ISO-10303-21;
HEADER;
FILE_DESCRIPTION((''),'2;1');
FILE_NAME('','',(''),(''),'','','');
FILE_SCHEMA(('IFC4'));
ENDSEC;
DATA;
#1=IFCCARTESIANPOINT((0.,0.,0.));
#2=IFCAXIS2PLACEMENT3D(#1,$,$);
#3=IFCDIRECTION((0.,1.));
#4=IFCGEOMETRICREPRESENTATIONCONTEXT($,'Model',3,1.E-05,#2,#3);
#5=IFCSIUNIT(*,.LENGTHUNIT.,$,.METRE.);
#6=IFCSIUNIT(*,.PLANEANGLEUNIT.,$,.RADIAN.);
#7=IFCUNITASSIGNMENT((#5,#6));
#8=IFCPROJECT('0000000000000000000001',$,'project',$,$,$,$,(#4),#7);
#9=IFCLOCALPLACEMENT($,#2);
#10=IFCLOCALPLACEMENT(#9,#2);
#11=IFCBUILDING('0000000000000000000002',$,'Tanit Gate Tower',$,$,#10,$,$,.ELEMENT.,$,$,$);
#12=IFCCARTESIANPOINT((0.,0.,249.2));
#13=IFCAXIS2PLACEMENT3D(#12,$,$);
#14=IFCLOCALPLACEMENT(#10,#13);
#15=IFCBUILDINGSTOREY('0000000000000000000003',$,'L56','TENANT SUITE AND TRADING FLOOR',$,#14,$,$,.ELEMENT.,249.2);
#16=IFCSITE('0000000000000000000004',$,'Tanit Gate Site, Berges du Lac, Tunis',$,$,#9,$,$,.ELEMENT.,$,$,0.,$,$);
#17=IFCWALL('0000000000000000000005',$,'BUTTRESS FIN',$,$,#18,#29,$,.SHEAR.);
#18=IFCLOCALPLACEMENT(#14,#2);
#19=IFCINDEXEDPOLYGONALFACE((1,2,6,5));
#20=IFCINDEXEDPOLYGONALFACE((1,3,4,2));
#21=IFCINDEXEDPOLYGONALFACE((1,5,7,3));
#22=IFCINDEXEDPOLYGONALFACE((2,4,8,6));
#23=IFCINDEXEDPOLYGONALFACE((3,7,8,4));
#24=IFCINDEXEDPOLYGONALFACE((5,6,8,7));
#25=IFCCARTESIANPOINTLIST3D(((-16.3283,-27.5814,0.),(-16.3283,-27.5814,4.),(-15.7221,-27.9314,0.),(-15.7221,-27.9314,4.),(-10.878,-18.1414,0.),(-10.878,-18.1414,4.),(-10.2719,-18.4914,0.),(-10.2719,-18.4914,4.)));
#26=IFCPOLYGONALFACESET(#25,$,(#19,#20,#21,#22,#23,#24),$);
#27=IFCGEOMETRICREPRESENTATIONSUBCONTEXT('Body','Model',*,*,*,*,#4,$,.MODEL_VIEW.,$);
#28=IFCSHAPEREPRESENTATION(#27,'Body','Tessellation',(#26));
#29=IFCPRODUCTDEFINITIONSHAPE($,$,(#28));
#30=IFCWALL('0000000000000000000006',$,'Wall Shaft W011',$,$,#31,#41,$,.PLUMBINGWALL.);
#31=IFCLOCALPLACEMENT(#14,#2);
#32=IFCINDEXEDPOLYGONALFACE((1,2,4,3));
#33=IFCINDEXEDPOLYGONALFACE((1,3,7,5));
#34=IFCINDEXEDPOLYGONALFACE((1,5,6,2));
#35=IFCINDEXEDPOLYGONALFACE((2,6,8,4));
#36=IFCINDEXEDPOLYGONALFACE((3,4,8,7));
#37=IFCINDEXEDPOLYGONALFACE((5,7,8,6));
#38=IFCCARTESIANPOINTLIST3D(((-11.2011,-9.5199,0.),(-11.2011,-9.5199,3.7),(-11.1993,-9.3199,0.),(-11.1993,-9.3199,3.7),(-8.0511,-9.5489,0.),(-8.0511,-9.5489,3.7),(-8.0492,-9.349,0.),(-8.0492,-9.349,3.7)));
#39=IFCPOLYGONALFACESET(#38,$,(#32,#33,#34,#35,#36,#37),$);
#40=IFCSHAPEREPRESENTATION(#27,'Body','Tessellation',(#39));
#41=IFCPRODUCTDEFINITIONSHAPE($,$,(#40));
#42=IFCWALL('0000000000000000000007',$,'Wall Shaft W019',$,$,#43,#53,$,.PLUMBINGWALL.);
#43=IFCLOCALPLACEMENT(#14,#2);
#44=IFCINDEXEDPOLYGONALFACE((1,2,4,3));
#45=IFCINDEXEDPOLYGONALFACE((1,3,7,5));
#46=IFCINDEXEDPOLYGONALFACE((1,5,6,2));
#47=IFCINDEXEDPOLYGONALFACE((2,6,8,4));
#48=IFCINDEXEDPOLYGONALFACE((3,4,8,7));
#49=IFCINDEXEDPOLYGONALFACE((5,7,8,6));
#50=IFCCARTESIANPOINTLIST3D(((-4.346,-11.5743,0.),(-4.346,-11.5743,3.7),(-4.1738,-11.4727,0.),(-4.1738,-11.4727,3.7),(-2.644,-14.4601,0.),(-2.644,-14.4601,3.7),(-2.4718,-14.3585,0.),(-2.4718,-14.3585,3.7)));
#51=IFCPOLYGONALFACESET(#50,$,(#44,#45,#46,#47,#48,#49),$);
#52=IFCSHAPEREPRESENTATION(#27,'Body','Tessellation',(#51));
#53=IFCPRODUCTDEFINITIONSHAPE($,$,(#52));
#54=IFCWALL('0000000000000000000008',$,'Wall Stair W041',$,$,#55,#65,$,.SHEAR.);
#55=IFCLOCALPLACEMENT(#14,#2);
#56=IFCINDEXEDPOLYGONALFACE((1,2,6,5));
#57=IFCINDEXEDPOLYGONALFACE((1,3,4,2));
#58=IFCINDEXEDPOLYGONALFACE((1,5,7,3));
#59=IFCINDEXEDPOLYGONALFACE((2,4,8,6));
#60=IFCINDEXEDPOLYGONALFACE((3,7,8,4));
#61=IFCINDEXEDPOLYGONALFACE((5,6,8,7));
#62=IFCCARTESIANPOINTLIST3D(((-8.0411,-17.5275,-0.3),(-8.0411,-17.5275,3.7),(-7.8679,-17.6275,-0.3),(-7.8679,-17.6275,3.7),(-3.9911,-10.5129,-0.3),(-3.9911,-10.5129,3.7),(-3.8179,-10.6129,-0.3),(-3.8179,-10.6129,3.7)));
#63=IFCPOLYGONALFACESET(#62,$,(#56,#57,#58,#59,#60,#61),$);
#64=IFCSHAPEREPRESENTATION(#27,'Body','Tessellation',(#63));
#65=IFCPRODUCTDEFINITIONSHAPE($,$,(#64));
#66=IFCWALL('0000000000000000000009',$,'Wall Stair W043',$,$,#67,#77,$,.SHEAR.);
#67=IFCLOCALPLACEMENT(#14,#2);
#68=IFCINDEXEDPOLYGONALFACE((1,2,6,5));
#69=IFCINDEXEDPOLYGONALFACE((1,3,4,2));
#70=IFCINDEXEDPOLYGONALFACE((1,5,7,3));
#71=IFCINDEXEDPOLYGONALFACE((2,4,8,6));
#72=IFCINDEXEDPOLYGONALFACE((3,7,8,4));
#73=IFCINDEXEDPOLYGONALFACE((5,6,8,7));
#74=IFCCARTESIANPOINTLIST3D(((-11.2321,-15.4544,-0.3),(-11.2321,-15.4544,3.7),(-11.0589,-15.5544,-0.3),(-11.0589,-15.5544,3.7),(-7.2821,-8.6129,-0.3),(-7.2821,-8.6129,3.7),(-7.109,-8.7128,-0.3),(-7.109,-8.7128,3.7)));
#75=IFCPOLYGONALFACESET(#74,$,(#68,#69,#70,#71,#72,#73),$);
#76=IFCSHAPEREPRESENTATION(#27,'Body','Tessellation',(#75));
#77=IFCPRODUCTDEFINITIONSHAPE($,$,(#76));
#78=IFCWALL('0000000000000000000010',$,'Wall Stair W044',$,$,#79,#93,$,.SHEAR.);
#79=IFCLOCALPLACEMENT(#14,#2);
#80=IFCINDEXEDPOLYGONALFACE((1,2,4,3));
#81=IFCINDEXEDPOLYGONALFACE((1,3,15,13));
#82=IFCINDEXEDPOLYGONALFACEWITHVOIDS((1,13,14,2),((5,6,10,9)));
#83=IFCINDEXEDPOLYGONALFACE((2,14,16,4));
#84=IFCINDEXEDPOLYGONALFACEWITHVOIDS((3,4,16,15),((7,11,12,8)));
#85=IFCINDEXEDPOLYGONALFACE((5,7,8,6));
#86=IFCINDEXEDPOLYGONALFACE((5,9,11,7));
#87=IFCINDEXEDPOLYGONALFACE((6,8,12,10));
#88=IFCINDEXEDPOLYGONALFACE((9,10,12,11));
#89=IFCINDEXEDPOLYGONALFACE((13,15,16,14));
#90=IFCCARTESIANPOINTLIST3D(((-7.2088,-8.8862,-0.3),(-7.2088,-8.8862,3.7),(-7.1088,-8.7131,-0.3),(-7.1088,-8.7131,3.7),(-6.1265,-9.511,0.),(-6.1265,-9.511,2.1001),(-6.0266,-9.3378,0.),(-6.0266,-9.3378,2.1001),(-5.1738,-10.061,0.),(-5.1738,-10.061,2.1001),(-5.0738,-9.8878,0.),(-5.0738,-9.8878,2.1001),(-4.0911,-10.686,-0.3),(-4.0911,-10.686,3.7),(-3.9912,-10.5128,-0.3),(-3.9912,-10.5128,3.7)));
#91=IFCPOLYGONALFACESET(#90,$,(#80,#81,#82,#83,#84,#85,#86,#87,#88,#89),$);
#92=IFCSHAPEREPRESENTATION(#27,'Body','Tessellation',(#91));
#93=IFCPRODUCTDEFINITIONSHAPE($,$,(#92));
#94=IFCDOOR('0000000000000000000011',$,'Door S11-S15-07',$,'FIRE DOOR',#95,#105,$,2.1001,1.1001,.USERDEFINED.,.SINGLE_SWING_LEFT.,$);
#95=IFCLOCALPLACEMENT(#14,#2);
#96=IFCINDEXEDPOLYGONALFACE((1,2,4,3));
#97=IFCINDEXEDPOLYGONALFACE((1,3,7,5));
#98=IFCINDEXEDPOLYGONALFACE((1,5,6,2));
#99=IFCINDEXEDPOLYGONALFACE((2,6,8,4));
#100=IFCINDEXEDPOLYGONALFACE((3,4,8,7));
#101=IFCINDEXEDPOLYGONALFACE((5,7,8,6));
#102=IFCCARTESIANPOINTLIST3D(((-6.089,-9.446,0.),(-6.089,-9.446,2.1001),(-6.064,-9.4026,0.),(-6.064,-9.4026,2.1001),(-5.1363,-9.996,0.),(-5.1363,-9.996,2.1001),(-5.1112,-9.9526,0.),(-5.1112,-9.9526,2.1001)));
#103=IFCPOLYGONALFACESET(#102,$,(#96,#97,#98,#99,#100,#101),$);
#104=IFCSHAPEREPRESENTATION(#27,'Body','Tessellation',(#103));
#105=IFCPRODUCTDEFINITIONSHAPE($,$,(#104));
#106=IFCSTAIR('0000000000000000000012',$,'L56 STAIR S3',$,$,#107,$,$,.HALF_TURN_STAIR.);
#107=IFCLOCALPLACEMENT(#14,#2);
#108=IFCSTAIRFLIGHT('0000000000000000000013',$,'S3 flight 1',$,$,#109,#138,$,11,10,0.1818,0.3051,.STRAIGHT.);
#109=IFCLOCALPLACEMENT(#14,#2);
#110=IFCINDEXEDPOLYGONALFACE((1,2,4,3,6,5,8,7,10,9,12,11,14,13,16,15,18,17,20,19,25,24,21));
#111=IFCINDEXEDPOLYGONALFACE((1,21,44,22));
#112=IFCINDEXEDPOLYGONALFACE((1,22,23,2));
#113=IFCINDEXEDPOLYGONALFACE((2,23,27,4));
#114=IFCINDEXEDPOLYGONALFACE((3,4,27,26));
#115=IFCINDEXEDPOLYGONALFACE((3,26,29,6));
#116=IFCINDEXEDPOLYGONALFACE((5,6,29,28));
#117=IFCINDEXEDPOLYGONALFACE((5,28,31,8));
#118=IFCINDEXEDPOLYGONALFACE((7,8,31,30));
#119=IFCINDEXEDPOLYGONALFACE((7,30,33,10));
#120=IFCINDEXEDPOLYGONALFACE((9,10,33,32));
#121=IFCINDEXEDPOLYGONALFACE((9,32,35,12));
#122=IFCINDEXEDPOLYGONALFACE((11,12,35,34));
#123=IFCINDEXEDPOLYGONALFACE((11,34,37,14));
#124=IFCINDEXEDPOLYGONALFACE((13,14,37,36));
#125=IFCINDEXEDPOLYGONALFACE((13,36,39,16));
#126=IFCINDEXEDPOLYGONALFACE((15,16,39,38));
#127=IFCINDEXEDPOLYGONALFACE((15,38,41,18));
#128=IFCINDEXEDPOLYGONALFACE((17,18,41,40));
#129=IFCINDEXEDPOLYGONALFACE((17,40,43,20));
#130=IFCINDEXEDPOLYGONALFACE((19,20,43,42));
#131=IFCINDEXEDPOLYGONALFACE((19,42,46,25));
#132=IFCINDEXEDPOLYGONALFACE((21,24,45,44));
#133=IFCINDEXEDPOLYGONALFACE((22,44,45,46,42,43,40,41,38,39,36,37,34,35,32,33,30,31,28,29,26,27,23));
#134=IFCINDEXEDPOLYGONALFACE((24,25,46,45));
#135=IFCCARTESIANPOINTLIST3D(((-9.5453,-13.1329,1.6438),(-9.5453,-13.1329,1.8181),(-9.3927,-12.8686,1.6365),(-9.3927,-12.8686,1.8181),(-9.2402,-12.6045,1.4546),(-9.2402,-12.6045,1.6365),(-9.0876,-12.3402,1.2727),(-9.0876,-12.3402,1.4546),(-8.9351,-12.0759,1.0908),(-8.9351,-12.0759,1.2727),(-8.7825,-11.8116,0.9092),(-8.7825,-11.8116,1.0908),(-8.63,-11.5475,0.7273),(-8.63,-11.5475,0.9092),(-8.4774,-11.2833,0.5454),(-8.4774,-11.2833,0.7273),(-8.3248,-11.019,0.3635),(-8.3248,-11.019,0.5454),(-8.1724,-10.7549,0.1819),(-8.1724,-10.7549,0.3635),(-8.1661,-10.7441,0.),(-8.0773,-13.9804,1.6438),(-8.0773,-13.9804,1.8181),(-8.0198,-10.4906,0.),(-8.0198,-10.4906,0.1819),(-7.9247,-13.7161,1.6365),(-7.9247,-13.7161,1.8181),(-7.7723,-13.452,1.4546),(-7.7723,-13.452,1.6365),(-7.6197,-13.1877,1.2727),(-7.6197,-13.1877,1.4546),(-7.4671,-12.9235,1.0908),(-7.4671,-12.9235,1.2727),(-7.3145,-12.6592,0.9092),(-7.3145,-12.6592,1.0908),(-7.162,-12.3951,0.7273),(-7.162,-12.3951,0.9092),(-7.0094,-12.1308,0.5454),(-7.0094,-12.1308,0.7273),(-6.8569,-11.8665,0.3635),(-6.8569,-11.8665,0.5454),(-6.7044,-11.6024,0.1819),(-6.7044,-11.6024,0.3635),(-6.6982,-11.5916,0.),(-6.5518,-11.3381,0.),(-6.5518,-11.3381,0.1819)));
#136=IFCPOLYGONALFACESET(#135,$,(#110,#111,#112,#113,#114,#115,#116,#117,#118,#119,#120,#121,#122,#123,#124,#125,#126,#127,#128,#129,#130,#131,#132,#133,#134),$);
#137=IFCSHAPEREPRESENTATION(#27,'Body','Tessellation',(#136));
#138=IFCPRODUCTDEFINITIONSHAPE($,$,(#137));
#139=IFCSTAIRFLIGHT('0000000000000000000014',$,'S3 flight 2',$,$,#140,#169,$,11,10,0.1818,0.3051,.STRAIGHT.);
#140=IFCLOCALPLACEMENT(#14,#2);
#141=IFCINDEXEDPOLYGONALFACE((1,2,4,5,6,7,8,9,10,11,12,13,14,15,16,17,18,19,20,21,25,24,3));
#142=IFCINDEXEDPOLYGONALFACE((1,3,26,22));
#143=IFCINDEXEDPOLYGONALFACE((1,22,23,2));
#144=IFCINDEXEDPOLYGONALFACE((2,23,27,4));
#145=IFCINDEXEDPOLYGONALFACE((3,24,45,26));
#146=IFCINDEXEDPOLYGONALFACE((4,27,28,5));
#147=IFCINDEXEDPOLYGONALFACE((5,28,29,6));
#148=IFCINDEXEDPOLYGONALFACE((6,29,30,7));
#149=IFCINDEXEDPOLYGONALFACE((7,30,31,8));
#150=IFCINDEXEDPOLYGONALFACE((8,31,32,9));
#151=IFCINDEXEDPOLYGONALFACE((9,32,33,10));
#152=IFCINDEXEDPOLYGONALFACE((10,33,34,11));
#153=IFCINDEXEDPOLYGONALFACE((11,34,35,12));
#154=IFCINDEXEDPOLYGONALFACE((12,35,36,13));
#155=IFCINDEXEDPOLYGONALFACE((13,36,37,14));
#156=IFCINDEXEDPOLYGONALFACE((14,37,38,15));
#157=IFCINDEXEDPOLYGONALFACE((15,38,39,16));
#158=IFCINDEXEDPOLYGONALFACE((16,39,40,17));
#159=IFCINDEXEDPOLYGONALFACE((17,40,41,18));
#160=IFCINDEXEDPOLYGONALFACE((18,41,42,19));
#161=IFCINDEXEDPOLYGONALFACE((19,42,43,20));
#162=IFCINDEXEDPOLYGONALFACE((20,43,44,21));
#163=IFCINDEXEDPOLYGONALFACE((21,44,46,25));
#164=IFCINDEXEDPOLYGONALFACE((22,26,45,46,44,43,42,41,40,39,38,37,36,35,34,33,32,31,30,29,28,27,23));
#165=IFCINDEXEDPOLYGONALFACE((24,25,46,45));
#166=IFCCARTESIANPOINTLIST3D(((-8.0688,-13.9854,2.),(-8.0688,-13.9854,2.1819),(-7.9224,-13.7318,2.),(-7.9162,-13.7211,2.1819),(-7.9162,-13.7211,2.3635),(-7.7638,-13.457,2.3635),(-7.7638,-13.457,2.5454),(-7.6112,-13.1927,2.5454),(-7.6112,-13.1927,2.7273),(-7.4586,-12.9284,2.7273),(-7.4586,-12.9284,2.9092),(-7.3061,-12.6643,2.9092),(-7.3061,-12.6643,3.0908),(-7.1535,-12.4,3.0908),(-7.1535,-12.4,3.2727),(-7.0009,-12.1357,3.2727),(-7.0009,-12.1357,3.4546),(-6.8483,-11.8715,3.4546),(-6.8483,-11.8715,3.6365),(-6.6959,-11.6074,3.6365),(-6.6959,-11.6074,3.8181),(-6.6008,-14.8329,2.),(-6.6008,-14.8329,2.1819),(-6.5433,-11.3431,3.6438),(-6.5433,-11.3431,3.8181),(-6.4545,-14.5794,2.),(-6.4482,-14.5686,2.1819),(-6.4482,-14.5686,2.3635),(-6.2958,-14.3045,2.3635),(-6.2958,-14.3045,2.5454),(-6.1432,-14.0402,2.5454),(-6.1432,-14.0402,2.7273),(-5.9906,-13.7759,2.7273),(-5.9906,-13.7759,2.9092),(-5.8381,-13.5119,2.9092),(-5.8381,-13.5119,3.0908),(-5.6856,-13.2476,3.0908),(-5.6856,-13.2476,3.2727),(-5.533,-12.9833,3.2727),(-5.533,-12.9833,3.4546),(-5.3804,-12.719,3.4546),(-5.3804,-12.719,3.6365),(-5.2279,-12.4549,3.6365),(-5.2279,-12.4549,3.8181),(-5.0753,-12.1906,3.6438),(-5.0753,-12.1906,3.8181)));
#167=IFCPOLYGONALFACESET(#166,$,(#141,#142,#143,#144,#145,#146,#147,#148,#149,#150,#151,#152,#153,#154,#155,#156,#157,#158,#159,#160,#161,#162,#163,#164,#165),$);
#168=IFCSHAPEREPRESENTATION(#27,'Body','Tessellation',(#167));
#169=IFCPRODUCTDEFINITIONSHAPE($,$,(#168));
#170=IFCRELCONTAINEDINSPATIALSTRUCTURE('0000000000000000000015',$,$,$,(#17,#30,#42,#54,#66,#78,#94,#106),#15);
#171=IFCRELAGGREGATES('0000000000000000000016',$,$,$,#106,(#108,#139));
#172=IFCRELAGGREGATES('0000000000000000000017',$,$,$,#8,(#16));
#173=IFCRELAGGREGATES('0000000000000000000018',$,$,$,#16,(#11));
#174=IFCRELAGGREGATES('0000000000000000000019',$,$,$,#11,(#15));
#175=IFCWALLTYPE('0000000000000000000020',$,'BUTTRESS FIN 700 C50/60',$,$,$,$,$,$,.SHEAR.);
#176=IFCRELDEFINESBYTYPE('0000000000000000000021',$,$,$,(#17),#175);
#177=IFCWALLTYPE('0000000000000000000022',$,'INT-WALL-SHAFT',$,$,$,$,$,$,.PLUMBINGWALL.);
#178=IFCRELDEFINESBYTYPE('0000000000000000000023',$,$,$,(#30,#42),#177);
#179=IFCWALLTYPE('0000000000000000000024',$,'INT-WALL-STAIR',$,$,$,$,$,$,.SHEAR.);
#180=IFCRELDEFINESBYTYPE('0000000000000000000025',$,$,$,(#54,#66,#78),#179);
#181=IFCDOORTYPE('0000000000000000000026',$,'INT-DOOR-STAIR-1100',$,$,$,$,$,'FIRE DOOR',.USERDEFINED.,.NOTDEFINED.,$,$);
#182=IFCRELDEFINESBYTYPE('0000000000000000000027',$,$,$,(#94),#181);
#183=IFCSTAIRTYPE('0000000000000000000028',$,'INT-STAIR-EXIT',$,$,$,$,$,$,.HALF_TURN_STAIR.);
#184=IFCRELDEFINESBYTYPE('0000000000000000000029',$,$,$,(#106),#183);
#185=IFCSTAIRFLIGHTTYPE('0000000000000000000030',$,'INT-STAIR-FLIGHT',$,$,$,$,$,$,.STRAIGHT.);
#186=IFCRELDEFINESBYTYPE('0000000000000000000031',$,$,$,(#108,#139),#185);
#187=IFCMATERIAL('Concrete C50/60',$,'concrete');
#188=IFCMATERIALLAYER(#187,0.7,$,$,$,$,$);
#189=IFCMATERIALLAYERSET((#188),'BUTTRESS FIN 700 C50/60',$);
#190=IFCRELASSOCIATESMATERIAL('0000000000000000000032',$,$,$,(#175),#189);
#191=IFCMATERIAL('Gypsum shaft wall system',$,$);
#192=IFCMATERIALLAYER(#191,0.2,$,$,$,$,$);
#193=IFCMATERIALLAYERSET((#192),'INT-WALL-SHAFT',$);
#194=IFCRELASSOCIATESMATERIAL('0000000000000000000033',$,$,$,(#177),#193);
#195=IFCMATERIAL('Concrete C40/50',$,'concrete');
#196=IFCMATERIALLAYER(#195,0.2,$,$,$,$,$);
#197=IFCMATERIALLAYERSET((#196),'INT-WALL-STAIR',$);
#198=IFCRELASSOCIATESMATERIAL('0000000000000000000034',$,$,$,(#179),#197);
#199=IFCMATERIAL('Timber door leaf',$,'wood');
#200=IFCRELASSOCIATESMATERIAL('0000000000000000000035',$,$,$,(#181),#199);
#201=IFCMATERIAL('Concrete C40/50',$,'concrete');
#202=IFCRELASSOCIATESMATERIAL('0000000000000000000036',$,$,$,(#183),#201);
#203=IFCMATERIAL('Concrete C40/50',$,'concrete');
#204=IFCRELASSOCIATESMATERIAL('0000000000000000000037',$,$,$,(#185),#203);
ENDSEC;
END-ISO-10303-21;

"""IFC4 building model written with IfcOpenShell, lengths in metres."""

from ifc_helpers import new_model, si_unit, direction, frame, frame_2d, origin, place, context, subcontext, project, spatial, polyline, rectangle, outline, extrude, material, layer, layer_set, type_object, element, fill, aggregate, save


model = new_model("IFC4")

# Units and contexts
model_context = context("Model", 3, precision=1e-05, world=origin(), true_north=direction((0.0, 1.0)))
body_context = subcontext(model_context, "Body", "Model", "MODEL_VIEW")
ifc_project = project(units=[si_unit("LENGTHUNIT", "METRE"), si_unit("PLANEANGLEUNIT", "RADIAN")], contexts=[model_context])

# Site, building, storey
site_placement = place(None, origin())
site = spatial("IfcSite", under=ifc_project, at=site_placement, Name="Tanit Gate Site, Berges du Lac, Tunis", CompositionType="ELEMENT", RefElevation=0.0)
building_placement = place(site_placement, origin())
building = spatial("IfcBuilding", under=site, at=building_placement, Name="Tanit Gate Tower", CompositionType="ELEMENT")
storey_placement = place(building_placement, frame((0.0, 0.0, 249.2)))
storey = spatial("IfcBuildingStorey", under=building, at=storey_placement, Name="L56", Description="TENANT SUITE AND TRADING FLOOR", CompositionType="ELEMENT", Elevation=249.2)

# Wall
ifc_material_1 = material(Name="Concrete C50/60", Category="concrete")
ifc_layer_1 = layer(ifc_material_1, 0.7)
ifc_layer_set_1 = layer_set([ifc_layer_1], Name="BUTTRESS FIN 700 C50/60")
wall_type_1 = type_object("IfcWallType", Name="BUTTRESS FIN 700 C50/60", PredefinedType="SHEAR", material=ifc_layer_set_1)
wall_1_placement = place(storey_placement, frame((-10.575, -18.3164, 0.0), z_axis=(0.0, 0.0, 1.0), x_axis=(-0.500003, -0.866024, 0.0)))
element("IfcWall", 1, at=wall_1_placement, inside=storey, type_object=wall_type_1, Name="BUTTRESS FIN", PredefinedType="SHEAR", context=body_context, shape_type="SweptSolid", body=[
    extrude(rectangle(XDim=10.9004, YDim=0.7, at=frame_2d((5.4502, 0.0))), origin(), (0.0, 0.0, 1.0), 4.0),
])

# Walls
ifc_material_2 = material(Name="Gypsum shaft wall system")
ifc_layer_2 = layer(ifc_material_2, 0.2)
ifc_layer_set_2 = layer_set([ifc_layer_2], Name="INT-WALL-SHAFT")
wall_type_2 = type_object("IfcWallType", Name="INT-WALL-SHAFT", PredefinedType="PLUMBINGWALL", material=ifc_layer_set_2)
wall_2_placement = place(storey_placement, frame((-8.05, -9.449, 0.0), z_axis=(0.0, 0.0, 1.0), x_axis=(-0.999957, 0.009223, 0.0)))
element("IfcWall", 2, at=wall_2_placement, inside=storey, type_object=wall_type_2, Name="Wall Shaft W011", PredefinedType="PLUMBINGWALL", context=body_context, shape_type="SweptSolid", body=[
    extrude(rectangle(XDim=3.1501, YDim=0.2, at=frame_2d((1.5752, 0.0))), origin(), (0.0, 0.0, 1.0), 3.7),
])
wall_3_placement = place(storey_placement, frame((-2.5579, -14.4094, 0.0), z_axis=(0.0, 0.0, 1.0), x_axis=(-0.507997, 0.861359, 0.0)))
element("IfcWall", 3, at=wall_3_placement, inside=storey, type_object=wall_type_2, Name="Wall Shaft W019", PredefinedType="PLUMBINGWALL", context=body_context, shape_type="SweptSolid", body=[
    extrude(rectangle(XDim=3.3503, YDim=0.2, at=frame_2d((1.6753, 0.0))), origin(), (0.0, 0.0, 1.0), 3.7),
])
ifc_material_3 = material(Name="Concrete C40/50", Category="concrete")
ifc_layer_3 = layer(ifc_material_3, 0.2)
ifc_layer_set_3 = layer_set([ifc_layer_3], Name="INT-WALL-STAIR")
wall_type_3 = type_object("IfcWallType", Name="INT-WALL-STAIR", PredefinedType="SHEAR", material=ifc_layer_set_3)
wall_4_placement = place(storey_placement, frame((-3.9045, -10.563, -0.3), z_axis=(0.0, 0.0, 1.0), x_axis=(-0.500013, -0.866018, 0.0)))
element("IfcWall", 4, at=wall_4_placement, inside=storey, type_object=wall_type_3, Name="Wall Stair W041", PredefinedType="SHEAR", context=body_context, shape_type="SweptSolid", body=[
    extrude(rectangle(XDim=8.0999, YDim=0.2, at=frame_2d((4.0498, 0.0))), origin(), (0.0, 0.0, 1.0), 4.0),
])
wall_5_placement = place(storey_placement, frame((-7.1956, -8.6628, -0.3), z_axis=(0.0, 0.0, 1.0), x_axis=(-0.499998, -0.866027, 0.0)))
element("IfcWall", 5, at=wall_5_placement, inside=storey, type_object=wall_type_3, Name="Wall Stair W043", PredefinedType="SHEAR", context=body_context, shape_type="SweptSolid", body=[
    extrude(rectangle(XDim=7.8999, YDim=0.2, at=frame_2d((3.95, 0.0))), origin(), (0.0, 0.0, 1.0), 4.0),
])

# Wall, opening, door
wall_6_placement = place(storey_placement, frame((-4.0413, -10.5994, -0.3), z_axis=(0.0, 0.0, 1.0), x_axis=(-0.866048, 0.499961, 0.0)))
wall_6 = element("IfcWall", 6, at=wall_6_placement, inside=storey, type_object=wall_type_3, Name="Wall Stair W044", PredefinedType="SHEAR", context=body_context, shape_type="SweptSolid", body=[
    extrude(rectangle(XDim=3.5999, YDim=0.2, at=frame_2d((1.7998, 0.0))), origin(), (0.0, 0.0, 1.0), 4.0),
])
opening_1_placement = place(wall_6_placement, frame((1.25, 0.0, 0.3)))
opening_1 = element("IfcOpeningElement", 7, at=opening_1_placement, cuts=wall_6, PredefinedType="OPENING", context=body_context, shape_type="SweptSolid", body=[
    extrude(rectangle(XDim=1.1001, YDim=2.1001, at=frame_2d((0.55, 1.05))), frame((0.0, 0.1099, 0.0), z_axis=(0.0, -1.0, 0.0), x_axis=(1.0, 0.0, 0.0)), (0.0, 0.0, 1.0), 0.22),
])
ifc_material_4 = material(Name="Timber door leaf", Category="wood")
door_type_1 = type_object("IfcDoorType", Name="INT-DOOR-STAIR-1100", ElementType="FIRE DOOR", OperationType="NOTDEFINED", PredefinedType="USERDEFINED", material=ifc_material_4)
door_1_placement = place(opening_1_placement, origin())
door_1 = element("IfcDoor", 8, at=door_1_placement, inside=storey, type_object=door_type_1, Name="Door S11-S15-07", ObjectType="FIRE DOOR", OperationType="SINGLE_SWING_LEFT", OverallHeight=2.1001, OverallWidth=1.1001, PredefinedType="USERDEFINED", context=body_context, shape_type="SweptSolid", body=[
    extrude(rectangle(XDim=1.1001, YDim=2.1001, at=frame_2d((0.55, 1.05))), frame((0.0, 0.0249, 0.0), z_axis=(0.0, -1.0, 0.0), x_axis=(1.0, 0.0, 0.0)), (0.0, 0.0, 1.0), 0.05),
])
fill(opening_1, door_1)

# Stair, stair flights
ifc_material_5 = material(Name="Concrete C40/50", Category="concrete")
stair_type = type_object("IfcStairType", Name="INT-STAIR-EXIT", PredefinedType="HALF_TURN_STAIR", material=ifc_material_5)
stair_placement = place(storey_placement, origin())
stair = element("IfcStair", 9, at=stair_placement, inside=storey, type_object=stair_type, Name="L56 STAIR S3", PredefinedType="HALF_TURN_STAIR")
ifc_material_6 = material(Name="Concrete C40/50", Category="concrete")
stair_flight_type = type_object("IfcStairFlightType", Name="INT-STAIR-FLIGHT", PredefinedType="STRAIGHT", material=ifc_material_6)
stair_flight_1_placement = place(storey_placement, frame((-7.2859, -10.9143, 0.0), z_axis=(0.0, 0.0, 1.0), x_axis=(-0.5, -0.866025, 0.0)))
stair_flight_1 = element("IfcStairFlight", 10, at=stair_flight_1_placement, type_object=stair_flight_type, Name="S3 flight 1", NumberOfRisers=11, NumberOfTreads=10, PredefinedType="STRAIGHT", RiserHeight=0.1818, TreadLength=0.3051, context=body_context, shape_type="SweptSolid", body=[
    extrude(outline(polyline([(0.0, 0.0), (0.0, 0.1819), (0.3052, 0.1819), (0.3052, 0.3635), (0.6101, 0.3635), (0.6101, 0.5454), (0.9153, 0.5454), (0.9153, 0.7273), (1.2205, 0.7273), (1.2205, 0.9092), (1.5254, 0.9092), (1.5254, 1.0908), (1.8306, 1.0908), (1.8306, 1.2727), (2.1357, 1.2727), (2.1357, 1.4546), (2.4409, 1.4546), (2.4409, 1.6365), (2.7458, 1.6365), (2.7458, 1.8181), (3.051, 1.8181), (3.051, 2.0), (3.051, 1.6438), (0.2927, 0.0), (0.0, 0.0)])), frame((0.0, 0.8477, 0.0), z_axis=(0.0, -1.0, 0.0), x_axis=(1.0, 0.0, 0.0)), (0.0, 0.0, 1.0), 1.6951),
])
stair_flight_2_placement = place(storey_placement, frame((-7.3347, -14.4092, 2.0), z_axis=(0.0, 0.0, 1.0), x_axis=(0.5, 0.866025, 0.0)))
stair_flight_2 = element("IfcStairFlight", 11, at=stair_flight_2_placement, type_object=stair_flight_type, Name="S3 flight 2", NumberOfRisers=11, NumberOfTreads=10, PredefinedType="STRAIGHT", RiserHeight=0.1818, TreadLength=0.3051, context=body_context, shape_type="SweptSolid", body=[
    extrude(outline(polyline([(0.0, 0.0), (0.0, 0.1819), (0.3052, 0.1819), (0.3052, 0.3635), (0.6101, 0.3635), (0.6101, 0.5454), (0.9153, 0.5454), (0.9153, 0.7273), (1.2205, 0.7273), (1.2205, 0.9092), (1.5254, 0.9092), (1.5254, 1.0908), (1.8306, 1.0908), (1.8306, 1.2727), (2.1357, 1.2727), (2.1357, 1.4546), (2.4409, 1.4546), (2.4409, 1.6365), (2.7458, 1.6365), (2.7458, 1.8181), (3.051, 1.8181), (3.051, 2.0), (3.051, 1.6438), (0.2927, 0.0), (0.0, 0.0)])), frame((0.0, 0.8477, 0.0), z_axis=(0.0, -1.0, 0.0), x_axis=(1.0, 0.0, 0.0)), (0.0, 0.0, 1.0), 1.6951),
])
aggregate(stair, [stair_flight_1, stair_flight_2])

save(model, "model.ifc")
